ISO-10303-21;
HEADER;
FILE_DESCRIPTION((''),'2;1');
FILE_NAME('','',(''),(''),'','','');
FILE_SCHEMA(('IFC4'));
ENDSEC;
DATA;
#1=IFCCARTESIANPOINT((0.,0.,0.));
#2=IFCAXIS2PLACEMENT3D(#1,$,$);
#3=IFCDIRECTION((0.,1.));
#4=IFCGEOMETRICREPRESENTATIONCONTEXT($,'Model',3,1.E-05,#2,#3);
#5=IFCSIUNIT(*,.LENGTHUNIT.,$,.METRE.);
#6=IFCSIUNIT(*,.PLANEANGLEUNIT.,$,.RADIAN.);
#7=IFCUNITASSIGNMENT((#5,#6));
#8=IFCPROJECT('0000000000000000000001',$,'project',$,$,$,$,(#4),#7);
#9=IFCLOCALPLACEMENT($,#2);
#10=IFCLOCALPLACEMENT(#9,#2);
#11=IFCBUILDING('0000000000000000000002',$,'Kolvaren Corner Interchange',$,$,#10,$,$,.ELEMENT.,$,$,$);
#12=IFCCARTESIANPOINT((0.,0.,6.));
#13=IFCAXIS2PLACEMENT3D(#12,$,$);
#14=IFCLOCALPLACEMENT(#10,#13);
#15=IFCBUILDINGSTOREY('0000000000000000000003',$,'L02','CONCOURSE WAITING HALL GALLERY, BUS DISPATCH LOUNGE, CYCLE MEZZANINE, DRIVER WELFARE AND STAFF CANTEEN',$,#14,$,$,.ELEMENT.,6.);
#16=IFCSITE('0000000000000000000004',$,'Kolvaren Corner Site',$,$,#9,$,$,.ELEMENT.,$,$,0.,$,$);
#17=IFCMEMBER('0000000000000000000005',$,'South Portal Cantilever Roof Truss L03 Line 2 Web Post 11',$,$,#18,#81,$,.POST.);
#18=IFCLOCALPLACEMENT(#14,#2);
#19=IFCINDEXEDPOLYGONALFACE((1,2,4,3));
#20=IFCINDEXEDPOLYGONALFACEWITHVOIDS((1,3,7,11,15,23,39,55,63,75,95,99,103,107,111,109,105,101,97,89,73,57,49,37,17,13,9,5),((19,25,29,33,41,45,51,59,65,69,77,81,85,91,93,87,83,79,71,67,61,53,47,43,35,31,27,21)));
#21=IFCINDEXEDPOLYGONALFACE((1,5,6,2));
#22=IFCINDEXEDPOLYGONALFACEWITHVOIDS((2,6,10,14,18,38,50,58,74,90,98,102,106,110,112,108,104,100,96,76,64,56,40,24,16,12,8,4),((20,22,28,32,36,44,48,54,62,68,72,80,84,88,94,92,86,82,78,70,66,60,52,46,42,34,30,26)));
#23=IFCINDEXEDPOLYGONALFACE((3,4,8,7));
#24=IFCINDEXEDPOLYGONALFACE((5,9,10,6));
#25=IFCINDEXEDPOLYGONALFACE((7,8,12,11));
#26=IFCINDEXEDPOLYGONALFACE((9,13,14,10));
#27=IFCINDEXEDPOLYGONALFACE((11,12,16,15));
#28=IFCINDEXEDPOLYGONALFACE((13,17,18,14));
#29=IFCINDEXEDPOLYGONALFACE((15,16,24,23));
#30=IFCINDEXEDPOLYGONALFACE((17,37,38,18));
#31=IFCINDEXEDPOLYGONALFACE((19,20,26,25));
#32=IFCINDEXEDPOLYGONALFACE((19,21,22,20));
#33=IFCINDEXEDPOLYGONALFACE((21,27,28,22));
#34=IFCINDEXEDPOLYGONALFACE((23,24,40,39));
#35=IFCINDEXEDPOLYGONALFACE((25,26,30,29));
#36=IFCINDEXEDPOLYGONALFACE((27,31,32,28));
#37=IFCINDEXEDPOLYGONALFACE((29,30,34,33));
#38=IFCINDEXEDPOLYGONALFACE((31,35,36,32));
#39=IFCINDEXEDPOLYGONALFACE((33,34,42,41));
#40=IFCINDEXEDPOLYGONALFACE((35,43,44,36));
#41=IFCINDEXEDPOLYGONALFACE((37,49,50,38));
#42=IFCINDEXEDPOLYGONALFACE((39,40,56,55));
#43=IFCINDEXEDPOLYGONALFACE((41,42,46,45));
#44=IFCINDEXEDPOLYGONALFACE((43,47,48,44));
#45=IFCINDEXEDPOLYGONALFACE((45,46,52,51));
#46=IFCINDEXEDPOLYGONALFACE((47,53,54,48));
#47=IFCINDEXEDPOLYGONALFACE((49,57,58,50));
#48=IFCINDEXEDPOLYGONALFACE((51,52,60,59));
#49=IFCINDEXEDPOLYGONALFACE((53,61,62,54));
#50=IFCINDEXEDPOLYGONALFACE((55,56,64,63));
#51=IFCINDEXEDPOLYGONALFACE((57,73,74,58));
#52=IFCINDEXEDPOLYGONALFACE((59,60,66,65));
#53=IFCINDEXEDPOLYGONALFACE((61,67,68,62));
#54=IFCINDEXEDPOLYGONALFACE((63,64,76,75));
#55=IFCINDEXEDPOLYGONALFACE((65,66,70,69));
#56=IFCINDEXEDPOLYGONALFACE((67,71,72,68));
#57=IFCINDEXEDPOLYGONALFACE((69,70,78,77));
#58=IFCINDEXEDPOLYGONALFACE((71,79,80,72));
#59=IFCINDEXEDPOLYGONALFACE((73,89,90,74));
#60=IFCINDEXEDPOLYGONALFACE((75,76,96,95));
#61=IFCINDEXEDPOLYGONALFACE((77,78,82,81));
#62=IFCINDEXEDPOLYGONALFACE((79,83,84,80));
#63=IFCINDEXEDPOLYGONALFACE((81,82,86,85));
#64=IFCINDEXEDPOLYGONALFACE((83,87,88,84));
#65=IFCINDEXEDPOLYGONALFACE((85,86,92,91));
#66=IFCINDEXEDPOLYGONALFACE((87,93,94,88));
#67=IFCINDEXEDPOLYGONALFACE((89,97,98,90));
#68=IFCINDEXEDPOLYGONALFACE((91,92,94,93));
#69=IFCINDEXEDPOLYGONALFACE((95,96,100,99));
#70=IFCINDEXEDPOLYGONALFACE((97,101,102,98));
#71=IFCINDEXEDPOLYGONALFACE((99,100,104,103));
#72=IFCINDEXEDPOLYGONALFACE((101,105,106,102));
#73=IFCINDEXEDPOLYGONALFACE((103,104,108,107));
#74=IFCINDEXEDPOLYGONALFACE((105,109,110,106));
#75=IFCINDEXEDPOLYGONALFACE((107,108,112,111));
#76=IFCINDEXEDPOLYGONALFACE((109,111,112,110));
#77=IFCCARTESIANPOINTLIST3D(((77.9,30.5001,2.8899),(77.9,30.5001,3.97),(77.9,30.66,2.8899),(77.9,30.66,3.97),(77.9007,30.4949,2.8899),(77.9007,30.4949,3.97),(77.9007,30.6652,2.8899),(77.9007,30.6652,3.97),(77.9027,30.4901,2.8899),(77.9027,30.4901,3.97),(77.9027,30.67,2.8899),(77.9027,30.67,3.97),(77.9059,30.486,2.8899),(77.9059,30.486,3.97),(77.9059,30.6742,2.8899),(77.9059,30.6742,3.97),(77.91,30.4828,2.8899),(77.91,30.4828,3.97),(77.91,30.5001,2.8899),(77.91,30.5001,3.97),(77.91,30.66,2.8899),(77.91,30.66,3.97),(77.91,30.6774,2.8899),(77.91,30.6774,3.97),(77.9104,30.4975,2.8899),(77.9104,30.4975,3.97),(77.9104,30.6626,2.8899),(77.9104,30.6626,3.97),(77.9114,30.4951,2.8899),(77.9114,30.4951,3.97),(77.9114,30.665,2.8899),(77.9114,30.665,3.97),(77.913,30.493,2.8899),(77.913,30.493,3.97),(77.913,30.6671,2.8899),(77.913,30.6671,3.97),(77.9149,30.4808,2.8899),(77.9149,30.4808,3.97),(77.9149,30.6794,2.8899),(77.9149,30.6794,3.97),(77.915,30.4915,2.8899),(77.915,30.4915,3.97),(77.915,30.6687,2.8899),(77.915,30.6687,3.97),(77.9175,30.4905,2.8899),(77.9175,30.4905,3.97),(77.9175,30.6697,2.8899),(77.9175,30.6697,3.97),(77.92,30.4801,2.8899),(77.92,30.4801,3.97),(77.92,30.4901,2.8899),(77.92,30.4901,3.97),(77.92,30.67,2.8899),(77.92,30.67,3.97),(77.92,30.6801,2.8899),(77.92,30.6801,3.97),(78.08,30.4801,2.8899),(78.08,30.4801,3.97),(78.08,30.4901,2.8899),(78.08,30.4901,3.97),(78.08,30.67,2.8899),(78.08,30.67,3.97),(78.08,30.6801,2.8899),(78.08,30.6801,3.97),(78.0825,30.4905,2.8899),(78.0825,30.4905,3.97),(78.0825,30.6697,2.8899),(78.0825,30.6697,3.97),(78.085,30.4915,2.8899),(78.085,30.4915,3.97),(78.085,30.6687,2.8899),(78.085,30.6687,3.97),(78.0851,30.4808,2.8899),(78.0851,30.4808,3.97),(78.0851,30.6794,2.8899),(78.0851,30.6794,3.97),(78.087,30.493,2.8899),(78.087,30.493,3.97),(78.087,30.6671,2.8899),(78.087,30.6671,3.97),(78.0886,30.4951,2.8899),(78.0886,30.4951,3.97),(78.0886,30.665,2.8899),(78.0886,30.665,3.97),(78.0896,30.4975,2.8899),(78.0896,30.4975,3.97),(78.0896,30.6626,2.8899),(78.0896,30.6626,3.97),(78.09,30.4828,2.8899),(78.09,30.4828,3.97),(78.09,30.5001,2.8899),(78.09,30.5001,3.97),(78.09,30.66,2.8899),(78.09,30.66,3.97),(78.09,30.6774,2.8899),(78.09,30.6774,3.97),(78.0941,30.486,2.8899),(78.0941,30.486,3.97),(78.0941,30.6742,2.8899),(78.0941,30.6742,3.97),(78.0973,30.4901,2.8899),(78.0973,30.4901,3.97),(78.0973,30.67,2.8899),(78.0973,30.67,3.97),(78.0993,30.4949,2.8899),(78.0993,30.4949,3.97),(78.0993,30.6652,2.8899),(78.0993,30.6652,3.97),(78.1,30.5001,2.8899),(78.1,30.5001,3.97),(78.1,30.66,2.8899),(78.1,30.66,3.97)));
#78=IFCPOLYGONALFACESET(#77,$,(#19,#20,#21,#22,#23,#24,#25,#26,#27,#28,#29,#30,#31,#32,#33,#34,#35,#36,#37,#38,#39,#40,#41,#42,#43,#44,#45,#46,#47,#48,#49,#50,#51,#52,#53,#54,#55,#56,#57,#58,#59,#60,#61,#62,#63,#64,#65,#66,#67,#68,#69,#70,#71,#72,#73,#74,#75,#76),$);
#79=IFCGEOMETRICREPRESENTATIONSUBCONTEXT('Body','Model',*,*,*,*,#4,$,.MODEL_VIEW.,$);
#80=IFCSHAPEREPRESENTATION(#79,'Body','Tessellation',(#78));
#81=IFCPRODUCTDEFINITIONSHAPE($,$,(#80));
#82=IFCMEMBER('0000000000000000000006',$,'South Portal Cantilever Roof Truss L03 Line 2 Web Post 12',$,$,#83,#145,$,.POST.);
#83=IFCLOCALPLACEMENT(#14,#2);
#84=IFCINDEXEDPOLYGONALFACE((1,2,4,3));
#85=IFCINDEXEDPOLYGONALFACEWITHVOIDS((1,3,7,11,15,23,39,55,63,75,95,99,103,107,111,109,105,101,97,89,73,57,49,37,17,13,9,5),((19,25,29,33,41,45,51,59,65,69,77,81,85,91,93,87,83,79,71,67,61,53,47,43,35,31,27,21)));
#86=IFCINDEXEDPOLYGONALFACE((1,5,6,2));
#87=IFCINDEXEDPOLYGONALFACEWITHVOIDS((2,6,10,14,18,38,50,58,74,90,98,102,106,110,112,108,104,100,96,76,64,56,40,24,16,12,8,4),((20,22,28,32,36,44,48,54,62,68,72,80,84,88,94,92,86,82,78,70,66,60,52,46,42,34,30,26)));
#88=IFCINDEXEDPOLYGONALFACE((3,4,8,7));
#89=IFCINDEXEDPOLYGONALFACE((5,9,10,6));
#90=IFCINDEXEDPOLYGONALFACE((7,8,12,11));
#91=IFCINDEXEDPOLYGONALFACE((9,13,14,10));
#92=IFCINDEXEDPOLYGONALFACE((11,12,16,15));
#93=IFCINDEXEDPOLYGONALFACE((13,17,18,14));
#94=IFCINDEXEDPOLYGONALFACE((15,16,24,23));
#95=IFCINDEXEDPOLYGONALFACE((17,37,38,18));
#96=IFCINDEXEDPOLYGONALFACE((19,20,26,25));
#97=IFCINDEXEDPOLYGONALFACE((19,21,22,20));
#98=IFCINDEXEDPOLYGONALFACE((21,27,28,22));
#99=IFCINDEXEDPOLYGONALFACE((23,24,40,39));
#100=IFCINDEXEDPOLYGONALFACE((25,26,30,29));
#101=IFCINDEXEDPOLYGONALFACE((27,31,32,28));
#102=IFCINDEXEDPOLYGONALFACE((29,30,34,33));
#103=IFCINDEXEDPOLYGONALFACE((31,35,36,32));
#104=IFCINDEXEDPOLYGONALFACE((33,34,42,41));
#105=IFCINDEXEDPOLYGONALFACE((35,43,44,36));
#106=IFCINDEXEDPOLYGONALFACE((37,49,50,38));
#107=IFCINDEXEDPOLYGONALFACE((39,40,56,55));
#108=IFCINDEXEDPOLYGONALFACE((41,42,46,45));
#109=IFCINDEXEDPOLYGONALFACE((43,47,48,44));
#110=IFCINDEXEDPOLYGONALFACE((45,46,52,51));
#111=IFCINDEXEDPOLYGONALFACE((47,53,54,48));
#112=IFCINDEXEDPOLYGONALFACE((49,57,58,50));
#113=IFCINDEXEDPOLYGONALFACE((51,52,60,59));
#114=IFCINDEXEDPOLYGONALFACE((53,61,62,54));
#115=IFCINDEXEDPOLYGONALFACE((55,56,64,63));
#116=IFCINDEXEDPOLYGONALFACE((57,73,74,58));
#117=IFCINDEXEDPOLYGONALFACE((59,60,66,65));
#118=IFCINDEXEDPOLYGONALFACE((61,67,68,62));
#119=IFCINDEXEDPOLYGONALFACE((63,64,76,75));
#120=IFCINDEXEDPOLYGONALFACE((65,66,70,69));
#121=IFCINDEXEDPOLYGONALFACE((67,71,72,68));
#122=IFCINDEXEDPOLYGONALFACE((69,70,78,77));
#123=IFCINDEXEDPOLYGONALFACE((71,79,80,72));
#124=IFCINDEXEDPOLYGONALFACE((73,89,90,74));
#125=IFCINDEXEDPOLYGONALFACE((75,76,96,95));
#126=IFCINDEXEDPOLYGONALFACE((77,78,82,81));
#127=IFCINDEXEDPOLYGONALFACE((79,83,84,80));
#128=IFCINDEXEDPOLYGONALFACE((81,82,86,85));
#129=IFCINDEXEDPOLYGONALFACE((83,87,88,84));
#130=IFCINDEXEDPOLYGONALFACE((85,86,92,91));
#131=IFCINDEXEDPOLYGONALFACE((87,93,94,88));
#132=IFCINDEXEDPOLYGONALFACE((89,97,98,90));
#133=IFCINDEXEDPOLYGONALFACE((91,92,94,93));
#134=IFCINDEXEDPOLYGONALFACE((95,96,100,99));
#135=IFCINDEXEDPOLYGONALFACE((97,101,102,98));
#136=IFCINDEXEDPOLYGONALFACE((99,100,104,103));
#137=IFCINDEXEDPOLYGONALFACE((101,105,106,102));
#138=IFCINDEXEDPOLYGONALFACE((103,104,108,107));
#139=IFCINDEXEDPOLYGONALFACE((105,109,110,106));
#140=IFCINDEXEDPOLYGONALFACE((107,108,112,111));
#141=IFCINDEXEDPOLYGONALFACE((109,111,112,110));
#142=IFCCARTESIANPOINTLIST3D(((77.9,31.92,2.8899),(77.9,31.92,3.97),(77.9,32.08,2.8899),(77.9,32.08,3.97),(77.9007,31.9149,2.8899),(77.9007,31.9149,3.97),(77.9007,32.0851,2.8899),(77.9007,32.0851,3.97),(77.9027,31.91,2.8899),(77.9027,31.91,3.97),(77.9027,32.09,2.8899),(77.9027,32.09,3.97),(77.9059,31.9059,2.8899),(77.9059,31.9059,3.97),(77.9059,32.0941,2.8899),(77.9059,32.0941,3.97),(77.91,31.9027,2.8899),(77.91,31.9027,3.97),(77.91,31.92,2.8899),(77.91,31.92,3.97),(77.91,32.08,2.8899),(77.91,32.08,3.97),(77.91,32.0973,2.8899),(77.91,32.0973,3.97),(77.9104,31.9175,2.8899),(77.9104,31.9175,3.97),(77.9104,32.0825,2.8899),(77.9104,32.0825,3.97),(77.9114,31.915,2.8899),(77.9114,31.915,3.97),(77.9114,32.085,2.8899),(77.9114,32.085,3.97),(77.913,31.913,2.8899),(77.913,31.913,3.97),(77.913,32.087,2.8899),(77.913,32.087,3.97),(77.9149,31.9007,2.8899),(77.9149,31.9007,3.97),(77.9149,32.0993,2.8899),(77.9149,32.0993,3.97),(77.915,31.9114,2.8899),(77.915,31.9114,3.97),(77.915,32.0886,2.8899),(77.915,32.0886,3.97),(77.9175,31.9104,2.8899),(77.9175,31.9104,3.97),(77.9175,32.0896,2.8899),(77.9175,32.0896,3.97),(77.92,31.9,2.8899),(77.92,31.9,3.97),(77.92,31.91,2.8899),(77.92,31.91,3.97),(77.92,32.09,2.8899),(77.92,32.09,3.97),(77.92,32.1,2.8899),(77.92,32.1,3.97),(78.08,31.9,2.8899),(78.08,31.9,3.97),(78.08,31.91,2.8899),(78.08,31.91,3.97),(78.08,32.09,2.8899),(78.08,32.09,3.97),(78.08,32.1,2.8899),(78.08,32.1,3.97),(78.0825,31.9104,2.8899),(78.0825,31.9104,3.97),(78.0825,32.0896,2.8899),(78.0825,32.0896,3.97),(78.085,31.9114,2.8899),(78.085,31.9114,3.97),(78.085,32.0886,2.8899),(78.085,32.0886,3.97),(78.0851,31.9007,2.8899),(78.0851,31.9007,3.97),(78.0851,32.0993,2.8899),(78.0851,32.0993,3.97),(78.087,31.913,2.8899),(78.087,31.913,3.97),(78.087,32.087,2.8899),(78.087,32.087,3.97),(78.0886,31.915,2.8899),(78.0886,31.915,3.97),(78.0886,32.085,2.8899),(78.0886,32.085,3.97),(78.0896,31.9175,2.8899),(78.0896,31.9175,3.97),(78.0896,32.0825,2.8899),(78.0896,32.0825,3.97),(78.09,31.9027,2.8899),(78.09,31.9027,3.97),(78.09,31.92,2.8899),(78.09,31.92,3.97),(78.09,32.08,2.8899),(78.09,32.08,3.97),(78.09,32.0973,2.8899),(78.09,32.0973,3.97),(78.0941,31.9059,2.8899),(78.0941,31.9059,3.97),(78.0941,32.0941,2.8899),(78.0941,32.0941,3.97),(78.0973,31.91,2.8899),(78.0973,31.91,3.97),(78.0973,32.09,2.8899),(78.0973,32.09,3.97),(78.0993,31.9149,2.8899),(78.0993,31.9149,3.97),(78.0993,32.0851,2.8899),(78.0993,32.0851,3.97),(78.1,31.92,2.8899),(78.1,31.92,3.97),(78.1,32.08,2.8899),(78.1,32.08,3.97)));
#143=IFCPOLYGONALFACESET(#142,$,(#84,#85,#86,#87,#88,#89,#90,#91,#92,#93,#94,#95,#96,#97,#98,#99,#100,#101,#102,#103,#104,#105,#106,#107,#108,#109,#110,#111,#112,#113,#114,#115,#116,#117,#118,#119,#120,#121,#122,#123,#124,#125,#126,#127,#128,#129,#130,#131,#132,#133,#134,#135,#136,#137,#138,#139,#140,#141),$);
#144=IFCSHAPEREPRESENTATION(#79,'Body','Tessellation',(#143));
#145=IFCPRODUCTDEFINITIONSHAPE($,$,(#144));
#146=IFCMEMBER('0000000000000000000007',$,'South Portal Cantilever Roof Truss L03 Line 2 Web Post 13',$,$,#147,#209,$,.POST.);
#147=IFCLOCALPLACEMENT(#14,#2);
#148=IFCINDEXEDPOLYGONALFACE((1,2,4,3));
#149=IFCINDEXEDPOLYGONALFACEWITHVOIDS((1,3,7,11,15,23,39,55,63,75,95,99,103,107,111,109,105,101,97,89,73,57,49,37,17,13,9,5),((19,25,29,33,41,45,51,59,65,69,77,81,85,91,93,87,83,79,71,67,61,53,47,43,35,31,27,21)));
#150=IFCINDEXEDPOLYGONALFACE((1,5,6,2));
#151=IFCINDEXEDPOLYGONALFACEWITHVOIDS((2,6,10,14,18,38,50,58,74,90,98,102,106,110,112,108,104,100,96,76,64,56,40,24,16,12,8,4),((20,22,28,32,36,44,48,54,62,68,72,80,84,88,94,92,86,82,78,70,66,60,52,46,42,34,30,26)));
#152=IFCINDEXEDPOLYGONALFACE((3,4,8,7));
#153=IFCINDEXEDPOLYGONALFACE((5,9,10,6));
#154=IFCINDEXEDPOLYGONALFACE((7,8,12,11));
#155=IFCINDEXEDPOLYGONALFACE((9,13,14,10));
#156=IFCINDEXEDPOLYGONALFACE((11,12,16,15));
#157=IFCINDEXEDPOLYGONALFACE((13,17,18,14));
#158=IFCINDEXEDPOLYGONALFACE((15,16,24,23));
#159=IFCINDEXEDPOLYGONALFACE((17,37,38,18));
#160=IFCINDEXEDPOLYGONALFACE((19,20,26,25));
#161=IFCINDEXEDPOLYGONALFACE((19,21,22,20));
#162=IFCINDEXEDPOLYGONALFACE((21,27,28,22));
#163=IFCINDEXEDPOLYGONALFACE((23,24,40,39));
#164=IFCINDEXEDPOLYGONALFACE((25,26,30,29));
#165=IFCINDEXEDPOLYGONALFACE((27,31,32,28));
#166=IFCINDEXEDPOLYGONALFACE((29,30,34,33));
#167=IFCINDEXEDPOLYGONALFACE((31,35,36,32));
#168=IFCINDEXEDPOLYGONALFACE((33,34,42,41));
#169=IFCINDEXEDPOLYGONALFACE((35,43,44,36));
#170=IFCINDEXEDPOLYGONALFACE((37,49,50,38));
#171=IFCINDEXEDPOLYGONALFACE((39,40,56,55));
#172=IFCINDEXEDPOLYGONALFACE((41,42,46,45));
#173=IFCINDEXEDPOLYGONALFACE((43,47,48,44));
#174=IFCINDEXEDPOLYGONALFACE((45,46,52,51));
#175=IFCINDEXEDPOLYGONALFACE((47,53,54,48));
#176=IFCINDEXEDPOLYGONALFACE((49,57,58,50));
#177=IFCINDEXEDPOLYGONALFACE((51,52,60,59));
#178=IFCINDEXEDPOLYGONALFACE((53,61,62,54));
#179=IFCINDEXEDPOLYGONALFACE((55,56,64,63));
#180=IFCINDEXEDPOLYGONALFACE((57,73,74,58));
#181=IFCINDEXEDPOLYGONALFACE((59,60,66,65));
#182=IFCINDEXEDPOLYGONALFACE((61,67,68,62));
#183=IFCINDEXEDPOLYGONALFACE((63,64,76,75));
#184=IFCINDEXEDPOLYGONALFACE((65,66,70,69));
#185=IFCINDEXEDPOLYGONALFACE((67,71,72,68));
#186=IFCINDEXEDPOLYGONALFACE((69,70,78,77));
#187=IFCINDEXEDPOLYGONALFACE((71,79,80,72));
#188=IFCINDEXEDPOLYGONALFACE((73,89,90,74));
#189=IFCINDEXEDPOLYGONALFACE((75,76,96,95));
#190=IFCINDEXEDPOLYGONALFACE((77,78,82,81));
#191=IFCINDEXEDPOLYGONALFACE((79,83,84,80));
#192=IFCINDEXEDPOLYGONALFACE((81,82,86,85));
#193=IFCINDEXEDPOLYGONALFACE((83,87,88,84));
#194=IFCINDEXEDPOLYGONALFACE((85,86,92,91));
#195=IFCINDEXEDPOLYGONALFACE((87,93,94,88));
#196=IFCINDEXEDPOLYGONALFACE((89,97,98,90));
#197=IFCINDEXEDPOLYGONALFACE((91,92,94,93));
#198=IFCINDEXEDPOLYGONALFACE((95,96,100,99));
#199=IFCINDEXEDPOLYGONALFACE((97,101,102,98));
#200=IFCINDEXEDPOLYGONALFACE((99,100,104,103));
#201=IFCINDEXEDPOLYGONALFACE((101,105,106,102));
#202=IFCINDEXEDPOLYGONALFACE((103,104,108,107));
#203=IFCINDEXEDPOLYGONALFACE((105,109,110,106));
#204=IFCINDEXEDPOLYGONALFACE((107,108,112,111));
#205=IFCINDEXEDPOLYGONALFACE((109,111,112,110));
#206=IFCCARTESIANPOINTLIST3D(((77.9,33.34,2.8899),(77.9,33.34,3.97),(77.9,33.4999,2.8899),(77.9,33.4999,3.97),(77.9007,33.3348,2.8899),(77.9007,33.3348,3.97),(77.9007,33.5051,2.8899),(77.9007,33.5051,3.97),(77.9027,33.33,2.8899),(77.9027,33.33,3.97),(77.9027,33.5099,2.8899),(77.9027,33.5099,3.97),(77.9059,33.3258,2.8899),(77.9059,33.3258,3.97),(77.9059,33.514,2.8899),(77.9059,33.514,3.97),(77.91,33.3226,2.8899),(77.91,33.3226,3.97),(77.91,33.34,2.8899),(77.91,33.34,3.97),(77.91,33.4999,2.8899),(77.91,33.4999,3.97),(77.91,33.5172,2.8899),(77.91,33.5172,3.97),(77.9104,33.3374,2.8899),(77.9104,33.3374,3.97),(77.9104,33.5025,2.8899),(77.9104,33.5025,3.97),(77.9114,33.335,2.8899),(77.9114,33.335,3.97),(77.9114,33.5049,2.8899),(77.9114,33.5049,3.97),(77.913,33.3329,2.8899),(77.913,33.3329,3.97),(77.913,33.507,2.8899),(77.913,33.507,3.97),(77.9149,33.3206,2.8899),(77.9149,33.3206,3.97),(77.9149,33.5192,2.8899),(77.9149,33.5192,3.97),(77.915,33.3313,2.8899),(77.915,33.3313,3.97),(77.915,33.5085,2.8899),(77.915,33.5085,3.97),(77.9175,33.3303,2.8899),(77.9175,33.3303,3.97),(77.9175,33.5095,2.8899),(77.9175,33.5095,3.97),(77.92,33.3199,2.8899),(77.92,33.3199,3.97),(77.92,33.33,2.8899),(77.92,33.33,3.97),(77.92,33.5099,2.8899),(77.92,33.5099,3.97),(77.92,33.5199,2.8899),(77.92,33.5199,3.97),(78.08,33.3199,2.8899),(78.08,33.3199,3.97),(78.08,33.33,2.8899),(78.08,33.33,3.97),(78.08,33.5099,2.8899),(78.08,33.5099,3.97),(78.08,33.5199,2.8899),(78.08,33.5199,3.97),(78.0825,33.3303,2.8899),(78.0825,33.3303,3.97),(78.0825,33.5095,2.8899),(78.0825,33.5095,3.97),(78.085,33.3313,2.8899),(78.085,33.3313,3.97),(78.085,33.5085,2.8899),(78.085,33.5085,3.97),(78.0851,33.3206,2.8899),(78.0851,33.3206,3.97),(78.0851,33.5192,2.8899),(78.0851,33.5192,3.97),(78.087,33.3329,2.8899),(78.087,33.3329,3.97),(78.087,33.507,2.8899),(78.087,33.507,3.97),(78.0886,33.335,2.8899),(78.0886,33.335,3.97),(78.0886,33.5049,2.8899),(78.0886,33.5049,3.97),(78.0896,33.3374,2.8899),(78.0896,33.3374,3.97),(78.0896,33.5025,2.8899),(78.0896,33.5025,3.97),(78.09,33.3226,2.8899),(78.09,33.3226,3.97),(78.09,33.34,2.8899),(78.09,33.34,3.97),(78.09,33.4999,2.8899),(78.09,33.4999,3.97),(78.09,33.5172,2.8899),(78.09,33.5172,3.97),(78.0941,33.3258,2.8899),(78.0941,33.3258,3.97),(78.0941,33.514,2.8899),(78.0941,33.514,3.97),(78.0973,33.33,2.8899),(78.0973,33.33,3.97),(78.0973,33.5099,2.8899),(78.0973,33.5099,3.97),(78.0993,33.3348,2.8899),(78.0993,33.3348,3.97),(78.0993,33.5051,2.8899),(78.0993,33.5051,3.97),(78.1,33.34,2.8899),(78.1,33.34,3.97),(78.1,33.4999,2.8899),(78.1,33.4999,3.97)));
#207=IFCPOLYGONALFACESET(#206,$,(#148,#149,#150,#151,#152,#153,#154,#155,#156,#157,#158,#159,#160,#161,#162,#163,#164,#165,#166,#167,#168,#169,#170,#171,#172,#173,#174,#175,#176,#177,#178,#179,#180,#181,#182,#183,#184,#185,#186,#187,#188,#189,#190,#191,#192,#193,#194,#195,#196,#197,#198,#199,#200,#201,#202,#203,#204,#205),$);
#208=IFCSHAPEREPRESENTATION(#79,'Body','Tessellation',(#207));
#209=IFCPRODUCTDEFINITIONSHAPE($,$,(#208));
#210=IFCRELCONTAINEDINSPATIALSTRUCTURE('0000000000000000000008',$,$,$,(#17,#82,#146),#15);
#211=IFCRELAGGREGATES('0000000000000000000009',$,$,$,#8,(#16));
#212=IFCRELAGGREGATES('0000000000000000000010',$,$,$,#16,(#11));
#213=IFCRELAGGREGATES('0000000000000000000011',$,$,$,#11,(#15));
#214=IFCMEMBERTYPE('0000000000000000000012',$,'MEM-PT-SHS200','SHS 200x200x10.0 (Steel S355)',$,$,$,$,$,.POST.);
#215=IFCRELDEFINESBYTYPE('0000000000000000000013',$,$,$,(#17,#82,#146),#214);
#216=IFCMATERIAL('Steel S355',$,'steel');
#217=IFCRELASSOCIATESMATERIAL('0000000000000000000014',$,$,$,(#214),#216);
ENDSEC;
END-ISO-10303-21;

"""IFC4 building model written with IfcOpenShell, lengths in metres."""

from ifc_helpers import new_model, si_unit, direction, frame, origin, origin_2d, place, context, subcontext, project, spatial, hollow_rectangle, extrude, material, material_profile, profile_set, type_object, element, save


model = new_model("IFC4")

# Units and contexts
model_context = context("Model", 3, precision=1e-05, world=origin(), true_north=direction((0.0, 1.0)))
body_context = subcontext(model_context, "Body", "Model", "MODEL_VIEW")
ifc_project = project(units=[si_unit("LENGTHUNIT", "METRE"), si_unit("PLANEANGLEUNIT", "RADIAN")], contexts=[model_context])

# Site, building, storey
site_placement = place(None, origin())
site = spatial("IfcSite", under=ifc_project, at=site_placement, Name="Kolvaren Corner Site", CompositionType="ELEMENT", RefElevation=0.0)
building_placement = place(site_placement, origin())
building = spatial("IfcBuilding", under=site, at=building_placement, Name="Kolvaren Corner Interchange", CompositionType="ELEMENT")
storey_placement = place(building_placement, frame((0.0, 0.0, 6.0)))
storey = spatial("IfcBuildingStorey", under=building, at=storey_placement, Name="L02", Description="CONCOURSE WAITING HALL GALLERY, BUS DISPATCH LOUNGE, CYCLE MEZZANINE, DRIVER WELFARE AND STAFF CANTEEN", CompositionType="ELEMENT", Elevation=6.0)

# Members
ifc_material_1 = material(Name="Steel S355", Category="steel")
ifc_material_profile_1 = material_profile(ifc_material_1, hollow_rectangle(XDim=0.2, YDim=0.2, WallThickness=0.01, InnerFilletRadius=0.01, OuterFilletRadius=0.02, at=origin_2d()), Name="SHS 200x200x10.0")
ifc_profile_set_1 = profile_set([ifc_material_profile_1], Name="Steel S355")
member_type_1 = type_object("IfcMemberType", Name="MEM-PT-SHS200", Description="SHS 200x200x10.0 (Steel S355)", PredefinedType="POST", material=ifc_profile_set_1)
for number, where, z_axis, x_axis, name in (
    (1, (78.0, 30.5801, 2.8899), (0.0, 0.0, 1.0), (1.0, 0.0, 0.0), "South Portal Cantilever Roof Truss L03 Line 2 Web Post 11"),
    (2, (78.0, 32.0, 2.8899), (0.0, 0.0, 1.0), (1.0, 0.0, 0.0), "South Portal Cantilever Roof Truss L03 Line 2 Web Post 12"),
    (3, (78.0, 33.4199, 2.8899), (0.0, 0.0, 1.0), (1.0, 0.0, 0.0), "South Portal Cantilever Roof Truss L03 Line 2 Web Post 13"),
):
    element("IfcMember", number, at=place(storey_placement, frame(where, z_axis=z_axis, x_axis=x_axis)), inside=storey, type_object=member_type_1, Name=name, PredefinedType="POST", context=body_context, shape_type="SweptSolid", body=[
        extrude(hollow_rectangle(XDim=0.2, YDim=0.2, WallThickness=0.01, InnerFilletRadius=0.01, OuterFilletRadius=0.02, at=origin_2d()), origin(), (0.0, 0.0, 1.0), 1.0801),
    ])

save(model, "model.ifc")
